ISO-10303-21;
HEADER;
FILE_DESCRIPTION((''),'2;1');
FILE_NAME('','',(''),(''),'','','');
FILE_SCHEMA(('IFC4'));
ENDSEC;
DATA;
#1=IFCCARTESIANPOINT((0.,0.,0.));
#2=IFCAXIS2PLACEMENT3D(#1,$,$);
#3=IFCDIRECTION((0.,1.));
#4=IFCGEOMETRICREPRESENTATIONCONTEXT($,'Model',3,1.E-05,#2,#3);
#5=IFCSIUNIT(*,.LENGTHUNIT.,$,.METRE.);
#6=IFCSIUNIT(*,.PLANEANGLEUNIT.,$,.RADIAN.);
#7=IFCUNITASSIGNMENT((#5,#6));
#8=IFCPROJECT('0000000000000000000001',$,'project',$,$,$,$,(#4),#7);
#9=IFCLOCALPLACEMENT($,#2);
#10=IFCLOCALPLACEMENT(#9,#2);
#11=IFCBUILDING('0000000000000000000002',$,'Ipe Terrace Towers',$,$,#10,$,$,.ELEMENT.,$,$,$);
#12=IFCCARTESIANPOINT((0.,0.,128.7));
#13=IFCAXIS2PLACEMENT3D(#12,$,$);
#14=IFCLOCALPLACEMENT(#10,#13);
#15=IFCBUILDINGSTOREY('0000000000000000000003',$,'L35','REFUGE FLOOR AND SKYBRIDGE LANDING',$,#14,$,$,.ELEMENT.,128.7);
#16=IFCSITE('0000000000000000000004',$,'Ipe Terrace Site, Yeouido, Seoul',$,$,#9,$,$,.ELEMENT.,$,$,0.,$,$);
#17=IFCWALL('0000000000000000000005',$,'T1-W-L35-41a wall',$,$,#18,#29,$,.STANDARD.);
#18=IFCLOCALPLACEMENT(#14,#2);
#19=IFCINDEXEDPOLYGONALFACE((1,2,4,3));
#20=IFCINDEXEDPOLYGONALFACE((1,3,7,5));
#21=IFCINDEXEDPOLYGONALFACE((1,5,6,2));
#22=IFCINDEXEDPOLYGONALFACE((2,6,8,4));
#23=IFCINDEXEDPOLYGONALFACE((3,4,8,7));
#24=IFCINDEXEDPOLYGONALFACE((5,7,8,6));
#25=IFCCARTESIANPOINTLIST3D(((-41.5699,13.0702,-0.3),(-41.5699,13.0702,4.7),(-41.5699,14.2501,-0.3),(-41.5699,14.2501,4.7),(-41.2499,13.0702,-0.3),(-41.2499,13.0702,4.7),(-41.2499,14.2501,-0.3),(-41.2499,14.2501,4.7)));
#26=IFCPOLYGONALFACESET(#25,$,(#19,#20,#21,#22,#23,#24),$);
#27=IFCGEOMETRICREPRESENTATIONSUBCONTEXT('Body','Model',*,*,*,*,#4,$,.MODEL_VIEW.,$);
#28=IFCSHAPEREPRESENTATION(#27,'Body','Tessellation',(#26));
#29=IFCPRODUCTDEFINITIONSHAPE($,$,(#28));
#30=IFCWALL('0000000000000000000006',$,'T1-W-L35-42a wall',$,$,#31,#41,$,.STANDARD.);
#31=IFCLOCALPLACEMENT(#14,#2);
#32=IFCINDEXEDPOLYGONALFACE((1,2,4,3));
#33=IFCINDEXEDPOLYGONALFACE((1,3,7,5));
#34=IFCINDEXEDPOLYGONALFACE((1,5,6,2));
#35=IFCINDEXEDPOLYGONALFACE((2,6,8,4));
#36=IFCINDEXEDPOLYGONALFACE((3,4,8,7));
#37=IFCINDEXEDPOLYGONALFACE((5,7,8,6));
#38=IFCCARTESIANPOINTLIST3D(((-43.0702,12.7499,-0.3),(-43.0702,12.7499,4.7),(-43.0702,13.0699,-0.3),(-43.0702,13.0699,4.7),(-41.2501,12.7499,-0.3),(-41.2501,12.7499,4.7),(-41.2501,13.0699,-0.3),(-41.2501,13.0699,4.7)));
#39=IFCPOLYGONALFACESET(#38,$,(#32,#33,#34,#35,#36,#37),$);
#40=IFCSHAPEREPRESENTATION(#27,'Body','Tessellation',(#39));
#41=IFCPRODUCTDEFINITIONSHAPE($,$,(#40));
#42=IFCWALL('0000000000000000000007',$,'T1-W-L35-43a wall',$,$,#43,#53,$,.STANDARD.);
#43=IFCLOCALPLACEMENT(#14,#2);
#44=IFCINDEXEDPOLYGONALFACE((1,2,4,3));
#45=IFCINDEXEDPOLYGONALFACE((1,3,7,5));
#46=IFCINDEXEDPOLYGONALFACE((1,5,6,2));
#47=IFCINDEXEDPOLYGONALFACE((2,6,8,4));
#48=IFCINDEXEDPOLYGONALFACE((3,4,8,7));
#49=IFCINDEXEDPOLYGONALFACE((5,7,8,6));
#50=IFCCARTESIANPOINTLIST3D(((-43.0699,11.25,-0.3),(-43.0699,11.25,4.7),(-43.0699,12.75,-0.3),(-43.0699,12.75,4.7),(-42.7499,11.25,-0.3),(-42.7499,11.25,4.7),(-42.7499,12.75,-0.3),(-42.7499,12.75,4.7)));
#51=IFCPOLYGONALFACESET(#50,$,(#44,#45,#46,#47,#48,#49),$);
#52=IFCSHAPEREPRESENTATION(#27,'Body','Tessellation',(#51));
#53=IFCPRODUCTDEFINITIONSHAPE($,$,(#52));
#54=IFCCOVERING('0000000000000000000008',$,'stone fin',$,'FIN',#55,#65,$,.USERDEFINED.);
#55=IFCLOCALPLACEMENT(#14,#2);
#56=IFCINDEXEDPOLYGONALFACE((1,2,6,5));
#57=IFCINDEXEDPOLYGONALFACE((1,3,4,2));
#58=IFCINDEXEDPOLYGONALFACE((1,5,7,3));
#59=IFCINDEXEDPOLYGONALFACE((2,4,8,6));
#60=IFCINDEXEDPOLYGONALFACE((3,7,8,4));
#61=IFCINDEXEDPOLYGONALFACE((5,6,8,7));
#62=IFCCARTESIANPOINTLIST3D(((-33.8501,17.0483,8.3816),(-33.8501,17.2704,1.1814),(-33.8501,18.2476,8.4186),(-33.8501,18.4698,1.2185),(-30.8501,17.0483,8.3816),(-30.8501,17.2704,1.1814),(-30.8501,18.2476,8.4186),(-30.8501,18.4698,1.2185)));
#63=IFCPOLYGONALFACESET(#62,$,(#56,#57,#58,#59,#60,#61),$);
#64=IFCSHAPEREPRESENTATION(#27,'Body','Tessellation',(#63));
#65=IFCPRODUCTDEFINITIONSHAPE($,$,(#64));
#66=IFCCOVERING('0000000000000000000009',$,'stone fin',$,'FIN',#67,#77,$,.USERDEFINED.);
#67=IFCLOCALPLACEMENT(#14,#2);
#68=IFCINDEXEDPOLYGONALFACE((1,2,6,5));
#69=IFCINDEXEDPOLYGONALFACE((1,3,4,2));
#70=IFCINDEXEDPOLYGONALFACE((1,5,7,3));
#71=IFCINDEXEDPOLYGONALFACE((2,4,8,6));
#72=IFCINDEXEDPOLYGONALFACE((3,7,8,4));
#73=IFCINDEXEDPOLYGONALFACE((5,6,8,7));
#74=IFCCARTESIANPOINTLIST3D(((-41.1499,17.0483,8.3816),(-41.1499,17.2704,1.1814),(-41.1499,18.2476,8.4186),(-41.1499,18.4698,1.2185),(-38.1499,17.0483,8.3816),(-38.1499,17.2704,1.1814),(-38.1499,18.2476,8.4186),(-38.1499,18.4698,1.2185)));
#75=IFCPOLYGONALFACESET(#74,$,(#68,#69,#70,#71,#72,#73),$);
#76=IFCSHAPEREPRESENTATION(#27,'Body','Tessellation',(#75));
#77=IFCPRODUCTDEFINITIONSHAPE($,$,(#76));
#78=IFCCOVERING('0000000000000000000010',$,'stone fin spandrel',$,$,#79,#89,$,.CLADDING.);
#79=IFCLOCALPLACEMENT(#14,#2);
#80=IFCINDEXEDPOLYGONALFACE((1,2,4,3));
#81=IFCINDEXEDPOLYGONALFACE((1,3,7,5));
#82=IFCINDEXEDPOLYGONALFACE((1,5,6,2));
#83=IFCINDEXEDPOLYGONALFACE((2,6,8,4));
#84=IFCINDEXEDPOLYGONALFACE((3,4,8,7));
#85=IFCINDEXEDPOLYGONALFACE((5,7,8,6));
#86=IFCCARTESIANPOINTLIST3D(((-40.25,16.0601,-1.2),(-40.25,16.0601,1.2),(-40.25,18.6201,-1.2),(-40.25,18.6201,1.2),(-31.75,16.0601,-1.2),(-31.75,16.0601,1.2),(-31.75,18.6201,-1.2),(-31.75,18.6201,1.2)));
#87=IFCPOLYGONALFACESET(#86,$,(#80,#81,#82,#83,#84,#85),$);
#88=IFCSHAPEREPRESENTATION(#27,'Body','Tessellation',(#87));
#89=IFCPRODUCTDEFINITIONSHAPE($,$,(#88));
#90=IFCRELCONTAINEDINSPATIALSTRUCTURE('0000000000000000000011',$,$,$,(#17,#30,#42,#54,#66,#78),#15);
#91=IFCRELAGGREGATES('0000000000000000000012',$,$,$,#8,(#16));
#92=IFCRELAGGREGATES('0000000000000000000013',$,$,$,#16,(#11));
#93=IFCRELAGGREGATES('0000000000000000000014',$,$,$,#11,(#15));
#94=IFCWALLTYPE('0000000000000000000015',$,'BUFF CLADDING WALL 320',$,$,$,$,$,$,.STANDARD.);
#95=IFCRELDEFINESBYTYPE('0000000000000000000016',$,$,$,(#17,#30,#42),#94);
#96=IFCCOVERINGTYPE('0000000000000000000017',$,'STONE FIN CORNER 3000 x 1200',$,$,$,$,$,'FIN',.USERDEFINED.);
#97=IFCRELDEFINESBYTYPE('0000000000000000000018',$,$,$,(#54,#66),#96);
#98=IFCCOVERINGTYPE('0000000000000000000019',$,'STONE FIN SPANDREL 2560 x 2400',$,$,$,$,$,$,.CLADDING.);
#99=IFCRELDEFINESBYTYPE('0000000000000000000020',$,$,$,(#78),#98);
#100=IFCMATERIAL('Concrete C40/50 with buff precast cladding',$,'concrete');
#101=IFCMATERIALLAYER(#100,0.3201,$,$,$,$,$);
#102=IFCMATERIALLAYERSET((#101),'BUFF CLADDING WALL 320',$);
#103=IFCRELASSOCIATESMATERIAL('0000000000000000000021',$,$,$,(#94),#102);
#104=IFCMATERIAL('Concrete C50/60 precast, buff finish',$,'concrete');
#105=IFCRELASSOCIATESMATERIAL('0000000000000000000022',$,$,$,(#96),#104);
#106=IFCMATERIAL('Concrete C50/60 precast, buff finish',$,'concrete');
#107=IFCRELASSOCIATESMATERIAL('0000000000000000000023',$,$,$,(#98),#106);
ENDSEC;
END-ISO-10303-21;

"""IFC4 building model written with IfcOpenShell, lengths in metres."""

from ifc_helpers import new_model, si_unit, direction, frame, frame_2d, origin, origin_2d, place, context, subcontext, project, spatial, rectangle, extrude, material, layer, layer_set, material_profile, profile_set, type_object, element, save


model = new_model("IFC4")

# Units and contexts
model_context = context("Model", 3, precision=1e-05, world=origin(), true_north=direction((0.0, 1.0)))
body_context = subcontext(model_context, "Body", "Model", "MODEL_VIEW")
ifc_project = project(units=[si_unit("LENGTHUNIT", "METRE"), si_unit("PLANEANGLEUNIT", "RADIAN")], contexts=[model_context])

# Site, building, storey
site_placement = place(None, origin())
site = spatial("IfcSite", under=ifc_project, at=site_placement, Name="Ipe Terrace Site, Yeouido, Seoul", CompositionType="ELEMENT", RefElevation=0.0)
building_placement = place(site_placement, origin())
building = spatial("IfcBuilding", under=site, at=building_placement, Name="Ipe Terrace Towers", CompositionType="ELEMENT")
storey_placement = place(building_placement, frame((0.0, 0.0, 128.7)))
storey = spatial("IfcBuildingStorey", under=building, at=storey_placement, Name="L35", Description="REFUGE FLOOR AND SKYBRIDGE LANDING", CompositionType="ELEMENT", Elevation=128.7)

# Walls
ifc_material_1 = material(Name="Concrete C40/50 with buff precast cladding", Category="concrete")
ifc_layer_1 = layer(ifc_material_1, 0.3201)
ifc_layer_set_1 = layer_set([ifc_layer_1], Name="BUFF CLADDING WALL 320")
wall_type = type_object("IfcWallType", Name="BUFF CLADDING WALL 320", PredefinedType="STANDARD", material=ifc_layer_set_1)
wall_1_placement = place(storey_placement, frame((-41.4099, 14.25, -0.3), z_axis=(0.0, 0.0, 1.0), x_axis=(0.0, -1.0, 0.0)))
element("IfcWall", 1, at=wall_1_placement, inside=storey, type_object=wall_type, Name="T1-W-L35-41a wall", PredefinedType="STANDARD", context=body_context, shape_type="SweptSolid", body=[
    extrude(rectangle(XDim=1.1799, YDim=0.3201, at=frame_2d((0.5898, 0.0))), origin(), (0.0, 0.0, 1.0), 5.0),
])
wall_2_placement = place(storey_placement, frame((-41.25, 12.9099, -0.3), z_axis=(0.0, 0.0, 1.0), x_axis=(-1.0, 0.0, 0.0)))
element("IfcWall", 2, at=wall_2_placement, inside=storey, type_object=wall_type, Name="T1-W-L35-42a wall", PredefinedType="STANDARD", context=body_context, shape_type="SweptSolid", body=[
    extrude(rectangle(XDim=1.8201, YDim=0.3201, at=frame_2d((0.9102, 0.0))), origin(), (0.0, 0.0, 1.0), 5.0),
])
wall_3_placement = place(storey_placement, frame((-42.9099, 12.75, -0.3), z_axis=(0.0, 0.0, 1.0), x_axis=(0.0, -1.0, 0.0)))
element("IfcWall", 3, at=wall_3_placement, inside=storey, type_object=wall_type, Name="T1-W-L35-43a wall", PredefinedType="STANDARD", context=body_context, shape_type="SweptSolid", body=[
    extrude(rectangle(XDim=1.5, YDim=0.3201, at=frame_2d((0.75, 0.0))), origin(), (0.0, 0.0, 1.0), 5.0),
])

# Coverings
ifc_material_2 = material(Name="Concrete C50/60 precast, buff finish", Category="concrete")
ifc_material_profile_1 = material_profile(ifc_material_2, rectangle(XDim=3.0, YDim=1.2, at=origin_2d()), Name="STONE FIN CORNER 3000 x 1200")
ifc_profile_set_1 = profile_set([ifc_material_profile_1], Name="Concrete C50/60 precast, buff finish")
covering_type_1 = type_object("IfcCoveringType", Name="STONE FIN CORNER 3000 x 1200", ElementType="FIN", PredefinedType="USERDEFINED", material=ifc_profile_set_1)
for number, where, z_axis, x_axis, name in (
    (4, (-32.3501, 17.8701, 1.2), (0.0, -0.030841, 0.999524), (-1.0, 0.0, 0.0), "stone fin"),
    (5, (-39.6499, 17.8701, 1.2), (0.0, -0.030841, 0.999524), (-1.0, 0.0, 0.0), "stone fin"),
):
    element("IfcCovering", number, at=place(storey_placement, frame(where, z_axis=z_axis, x_axis=x_axis)), inside=storey, type_object=covering_type_1, Name=name, ObjectType="FIN", PredefinedType="USERDEFINED", context=body_context, shape_type="SweptSolid", body=[
        extrude(rectangle(XDim=3.0, YDim=1.2, at=origin_2d()), origin(), (0.0, 0.0, 1.0), 7.2036),
    ])
ifc_material_3 = material(Name="Concrete C50/60 precast, buff finish", Category="concrete")
ifc_material_profile_2 = material_profile(ifc_material_3, rectangle(XDim=2.5601, YDim=2.3999, at=origin_2d()), Name="STONE FIN SPANDREL 2560 x 2400")
ifc_profile_set_2 = profile_set([ifc_material_profile_2], Name="Concrete C50/60 precast, buff finish")
covering_type_2 = type_object("IfcCoveringType", Name="STONE FIN SPANDREL 2560 x 2400", PredefinedType="CLADDING", material=ifc_profile_set_2)
covering_placement = place(storey_placement, frame((-31.75, 17.3401, 0.0), z_axis=(-1.0, 0.0, 0.0), x_axis=(0.0, 1.0, 0.0)))
element("IfcCovering", 6, at=covering_placement, inside=storey, type_object=covering_type_2, Name="stone fin spandrel", PredefinedType="CLADDING", context=body_context, shape_type="SweptSolid", body=[
    extrude(rectangle(XDim=2.5601, YDim=2.3999, at=origin_2d()), origin(), (0.0, 0.0, 1.0), 8.5),
])

save(model, "model.ifc")
